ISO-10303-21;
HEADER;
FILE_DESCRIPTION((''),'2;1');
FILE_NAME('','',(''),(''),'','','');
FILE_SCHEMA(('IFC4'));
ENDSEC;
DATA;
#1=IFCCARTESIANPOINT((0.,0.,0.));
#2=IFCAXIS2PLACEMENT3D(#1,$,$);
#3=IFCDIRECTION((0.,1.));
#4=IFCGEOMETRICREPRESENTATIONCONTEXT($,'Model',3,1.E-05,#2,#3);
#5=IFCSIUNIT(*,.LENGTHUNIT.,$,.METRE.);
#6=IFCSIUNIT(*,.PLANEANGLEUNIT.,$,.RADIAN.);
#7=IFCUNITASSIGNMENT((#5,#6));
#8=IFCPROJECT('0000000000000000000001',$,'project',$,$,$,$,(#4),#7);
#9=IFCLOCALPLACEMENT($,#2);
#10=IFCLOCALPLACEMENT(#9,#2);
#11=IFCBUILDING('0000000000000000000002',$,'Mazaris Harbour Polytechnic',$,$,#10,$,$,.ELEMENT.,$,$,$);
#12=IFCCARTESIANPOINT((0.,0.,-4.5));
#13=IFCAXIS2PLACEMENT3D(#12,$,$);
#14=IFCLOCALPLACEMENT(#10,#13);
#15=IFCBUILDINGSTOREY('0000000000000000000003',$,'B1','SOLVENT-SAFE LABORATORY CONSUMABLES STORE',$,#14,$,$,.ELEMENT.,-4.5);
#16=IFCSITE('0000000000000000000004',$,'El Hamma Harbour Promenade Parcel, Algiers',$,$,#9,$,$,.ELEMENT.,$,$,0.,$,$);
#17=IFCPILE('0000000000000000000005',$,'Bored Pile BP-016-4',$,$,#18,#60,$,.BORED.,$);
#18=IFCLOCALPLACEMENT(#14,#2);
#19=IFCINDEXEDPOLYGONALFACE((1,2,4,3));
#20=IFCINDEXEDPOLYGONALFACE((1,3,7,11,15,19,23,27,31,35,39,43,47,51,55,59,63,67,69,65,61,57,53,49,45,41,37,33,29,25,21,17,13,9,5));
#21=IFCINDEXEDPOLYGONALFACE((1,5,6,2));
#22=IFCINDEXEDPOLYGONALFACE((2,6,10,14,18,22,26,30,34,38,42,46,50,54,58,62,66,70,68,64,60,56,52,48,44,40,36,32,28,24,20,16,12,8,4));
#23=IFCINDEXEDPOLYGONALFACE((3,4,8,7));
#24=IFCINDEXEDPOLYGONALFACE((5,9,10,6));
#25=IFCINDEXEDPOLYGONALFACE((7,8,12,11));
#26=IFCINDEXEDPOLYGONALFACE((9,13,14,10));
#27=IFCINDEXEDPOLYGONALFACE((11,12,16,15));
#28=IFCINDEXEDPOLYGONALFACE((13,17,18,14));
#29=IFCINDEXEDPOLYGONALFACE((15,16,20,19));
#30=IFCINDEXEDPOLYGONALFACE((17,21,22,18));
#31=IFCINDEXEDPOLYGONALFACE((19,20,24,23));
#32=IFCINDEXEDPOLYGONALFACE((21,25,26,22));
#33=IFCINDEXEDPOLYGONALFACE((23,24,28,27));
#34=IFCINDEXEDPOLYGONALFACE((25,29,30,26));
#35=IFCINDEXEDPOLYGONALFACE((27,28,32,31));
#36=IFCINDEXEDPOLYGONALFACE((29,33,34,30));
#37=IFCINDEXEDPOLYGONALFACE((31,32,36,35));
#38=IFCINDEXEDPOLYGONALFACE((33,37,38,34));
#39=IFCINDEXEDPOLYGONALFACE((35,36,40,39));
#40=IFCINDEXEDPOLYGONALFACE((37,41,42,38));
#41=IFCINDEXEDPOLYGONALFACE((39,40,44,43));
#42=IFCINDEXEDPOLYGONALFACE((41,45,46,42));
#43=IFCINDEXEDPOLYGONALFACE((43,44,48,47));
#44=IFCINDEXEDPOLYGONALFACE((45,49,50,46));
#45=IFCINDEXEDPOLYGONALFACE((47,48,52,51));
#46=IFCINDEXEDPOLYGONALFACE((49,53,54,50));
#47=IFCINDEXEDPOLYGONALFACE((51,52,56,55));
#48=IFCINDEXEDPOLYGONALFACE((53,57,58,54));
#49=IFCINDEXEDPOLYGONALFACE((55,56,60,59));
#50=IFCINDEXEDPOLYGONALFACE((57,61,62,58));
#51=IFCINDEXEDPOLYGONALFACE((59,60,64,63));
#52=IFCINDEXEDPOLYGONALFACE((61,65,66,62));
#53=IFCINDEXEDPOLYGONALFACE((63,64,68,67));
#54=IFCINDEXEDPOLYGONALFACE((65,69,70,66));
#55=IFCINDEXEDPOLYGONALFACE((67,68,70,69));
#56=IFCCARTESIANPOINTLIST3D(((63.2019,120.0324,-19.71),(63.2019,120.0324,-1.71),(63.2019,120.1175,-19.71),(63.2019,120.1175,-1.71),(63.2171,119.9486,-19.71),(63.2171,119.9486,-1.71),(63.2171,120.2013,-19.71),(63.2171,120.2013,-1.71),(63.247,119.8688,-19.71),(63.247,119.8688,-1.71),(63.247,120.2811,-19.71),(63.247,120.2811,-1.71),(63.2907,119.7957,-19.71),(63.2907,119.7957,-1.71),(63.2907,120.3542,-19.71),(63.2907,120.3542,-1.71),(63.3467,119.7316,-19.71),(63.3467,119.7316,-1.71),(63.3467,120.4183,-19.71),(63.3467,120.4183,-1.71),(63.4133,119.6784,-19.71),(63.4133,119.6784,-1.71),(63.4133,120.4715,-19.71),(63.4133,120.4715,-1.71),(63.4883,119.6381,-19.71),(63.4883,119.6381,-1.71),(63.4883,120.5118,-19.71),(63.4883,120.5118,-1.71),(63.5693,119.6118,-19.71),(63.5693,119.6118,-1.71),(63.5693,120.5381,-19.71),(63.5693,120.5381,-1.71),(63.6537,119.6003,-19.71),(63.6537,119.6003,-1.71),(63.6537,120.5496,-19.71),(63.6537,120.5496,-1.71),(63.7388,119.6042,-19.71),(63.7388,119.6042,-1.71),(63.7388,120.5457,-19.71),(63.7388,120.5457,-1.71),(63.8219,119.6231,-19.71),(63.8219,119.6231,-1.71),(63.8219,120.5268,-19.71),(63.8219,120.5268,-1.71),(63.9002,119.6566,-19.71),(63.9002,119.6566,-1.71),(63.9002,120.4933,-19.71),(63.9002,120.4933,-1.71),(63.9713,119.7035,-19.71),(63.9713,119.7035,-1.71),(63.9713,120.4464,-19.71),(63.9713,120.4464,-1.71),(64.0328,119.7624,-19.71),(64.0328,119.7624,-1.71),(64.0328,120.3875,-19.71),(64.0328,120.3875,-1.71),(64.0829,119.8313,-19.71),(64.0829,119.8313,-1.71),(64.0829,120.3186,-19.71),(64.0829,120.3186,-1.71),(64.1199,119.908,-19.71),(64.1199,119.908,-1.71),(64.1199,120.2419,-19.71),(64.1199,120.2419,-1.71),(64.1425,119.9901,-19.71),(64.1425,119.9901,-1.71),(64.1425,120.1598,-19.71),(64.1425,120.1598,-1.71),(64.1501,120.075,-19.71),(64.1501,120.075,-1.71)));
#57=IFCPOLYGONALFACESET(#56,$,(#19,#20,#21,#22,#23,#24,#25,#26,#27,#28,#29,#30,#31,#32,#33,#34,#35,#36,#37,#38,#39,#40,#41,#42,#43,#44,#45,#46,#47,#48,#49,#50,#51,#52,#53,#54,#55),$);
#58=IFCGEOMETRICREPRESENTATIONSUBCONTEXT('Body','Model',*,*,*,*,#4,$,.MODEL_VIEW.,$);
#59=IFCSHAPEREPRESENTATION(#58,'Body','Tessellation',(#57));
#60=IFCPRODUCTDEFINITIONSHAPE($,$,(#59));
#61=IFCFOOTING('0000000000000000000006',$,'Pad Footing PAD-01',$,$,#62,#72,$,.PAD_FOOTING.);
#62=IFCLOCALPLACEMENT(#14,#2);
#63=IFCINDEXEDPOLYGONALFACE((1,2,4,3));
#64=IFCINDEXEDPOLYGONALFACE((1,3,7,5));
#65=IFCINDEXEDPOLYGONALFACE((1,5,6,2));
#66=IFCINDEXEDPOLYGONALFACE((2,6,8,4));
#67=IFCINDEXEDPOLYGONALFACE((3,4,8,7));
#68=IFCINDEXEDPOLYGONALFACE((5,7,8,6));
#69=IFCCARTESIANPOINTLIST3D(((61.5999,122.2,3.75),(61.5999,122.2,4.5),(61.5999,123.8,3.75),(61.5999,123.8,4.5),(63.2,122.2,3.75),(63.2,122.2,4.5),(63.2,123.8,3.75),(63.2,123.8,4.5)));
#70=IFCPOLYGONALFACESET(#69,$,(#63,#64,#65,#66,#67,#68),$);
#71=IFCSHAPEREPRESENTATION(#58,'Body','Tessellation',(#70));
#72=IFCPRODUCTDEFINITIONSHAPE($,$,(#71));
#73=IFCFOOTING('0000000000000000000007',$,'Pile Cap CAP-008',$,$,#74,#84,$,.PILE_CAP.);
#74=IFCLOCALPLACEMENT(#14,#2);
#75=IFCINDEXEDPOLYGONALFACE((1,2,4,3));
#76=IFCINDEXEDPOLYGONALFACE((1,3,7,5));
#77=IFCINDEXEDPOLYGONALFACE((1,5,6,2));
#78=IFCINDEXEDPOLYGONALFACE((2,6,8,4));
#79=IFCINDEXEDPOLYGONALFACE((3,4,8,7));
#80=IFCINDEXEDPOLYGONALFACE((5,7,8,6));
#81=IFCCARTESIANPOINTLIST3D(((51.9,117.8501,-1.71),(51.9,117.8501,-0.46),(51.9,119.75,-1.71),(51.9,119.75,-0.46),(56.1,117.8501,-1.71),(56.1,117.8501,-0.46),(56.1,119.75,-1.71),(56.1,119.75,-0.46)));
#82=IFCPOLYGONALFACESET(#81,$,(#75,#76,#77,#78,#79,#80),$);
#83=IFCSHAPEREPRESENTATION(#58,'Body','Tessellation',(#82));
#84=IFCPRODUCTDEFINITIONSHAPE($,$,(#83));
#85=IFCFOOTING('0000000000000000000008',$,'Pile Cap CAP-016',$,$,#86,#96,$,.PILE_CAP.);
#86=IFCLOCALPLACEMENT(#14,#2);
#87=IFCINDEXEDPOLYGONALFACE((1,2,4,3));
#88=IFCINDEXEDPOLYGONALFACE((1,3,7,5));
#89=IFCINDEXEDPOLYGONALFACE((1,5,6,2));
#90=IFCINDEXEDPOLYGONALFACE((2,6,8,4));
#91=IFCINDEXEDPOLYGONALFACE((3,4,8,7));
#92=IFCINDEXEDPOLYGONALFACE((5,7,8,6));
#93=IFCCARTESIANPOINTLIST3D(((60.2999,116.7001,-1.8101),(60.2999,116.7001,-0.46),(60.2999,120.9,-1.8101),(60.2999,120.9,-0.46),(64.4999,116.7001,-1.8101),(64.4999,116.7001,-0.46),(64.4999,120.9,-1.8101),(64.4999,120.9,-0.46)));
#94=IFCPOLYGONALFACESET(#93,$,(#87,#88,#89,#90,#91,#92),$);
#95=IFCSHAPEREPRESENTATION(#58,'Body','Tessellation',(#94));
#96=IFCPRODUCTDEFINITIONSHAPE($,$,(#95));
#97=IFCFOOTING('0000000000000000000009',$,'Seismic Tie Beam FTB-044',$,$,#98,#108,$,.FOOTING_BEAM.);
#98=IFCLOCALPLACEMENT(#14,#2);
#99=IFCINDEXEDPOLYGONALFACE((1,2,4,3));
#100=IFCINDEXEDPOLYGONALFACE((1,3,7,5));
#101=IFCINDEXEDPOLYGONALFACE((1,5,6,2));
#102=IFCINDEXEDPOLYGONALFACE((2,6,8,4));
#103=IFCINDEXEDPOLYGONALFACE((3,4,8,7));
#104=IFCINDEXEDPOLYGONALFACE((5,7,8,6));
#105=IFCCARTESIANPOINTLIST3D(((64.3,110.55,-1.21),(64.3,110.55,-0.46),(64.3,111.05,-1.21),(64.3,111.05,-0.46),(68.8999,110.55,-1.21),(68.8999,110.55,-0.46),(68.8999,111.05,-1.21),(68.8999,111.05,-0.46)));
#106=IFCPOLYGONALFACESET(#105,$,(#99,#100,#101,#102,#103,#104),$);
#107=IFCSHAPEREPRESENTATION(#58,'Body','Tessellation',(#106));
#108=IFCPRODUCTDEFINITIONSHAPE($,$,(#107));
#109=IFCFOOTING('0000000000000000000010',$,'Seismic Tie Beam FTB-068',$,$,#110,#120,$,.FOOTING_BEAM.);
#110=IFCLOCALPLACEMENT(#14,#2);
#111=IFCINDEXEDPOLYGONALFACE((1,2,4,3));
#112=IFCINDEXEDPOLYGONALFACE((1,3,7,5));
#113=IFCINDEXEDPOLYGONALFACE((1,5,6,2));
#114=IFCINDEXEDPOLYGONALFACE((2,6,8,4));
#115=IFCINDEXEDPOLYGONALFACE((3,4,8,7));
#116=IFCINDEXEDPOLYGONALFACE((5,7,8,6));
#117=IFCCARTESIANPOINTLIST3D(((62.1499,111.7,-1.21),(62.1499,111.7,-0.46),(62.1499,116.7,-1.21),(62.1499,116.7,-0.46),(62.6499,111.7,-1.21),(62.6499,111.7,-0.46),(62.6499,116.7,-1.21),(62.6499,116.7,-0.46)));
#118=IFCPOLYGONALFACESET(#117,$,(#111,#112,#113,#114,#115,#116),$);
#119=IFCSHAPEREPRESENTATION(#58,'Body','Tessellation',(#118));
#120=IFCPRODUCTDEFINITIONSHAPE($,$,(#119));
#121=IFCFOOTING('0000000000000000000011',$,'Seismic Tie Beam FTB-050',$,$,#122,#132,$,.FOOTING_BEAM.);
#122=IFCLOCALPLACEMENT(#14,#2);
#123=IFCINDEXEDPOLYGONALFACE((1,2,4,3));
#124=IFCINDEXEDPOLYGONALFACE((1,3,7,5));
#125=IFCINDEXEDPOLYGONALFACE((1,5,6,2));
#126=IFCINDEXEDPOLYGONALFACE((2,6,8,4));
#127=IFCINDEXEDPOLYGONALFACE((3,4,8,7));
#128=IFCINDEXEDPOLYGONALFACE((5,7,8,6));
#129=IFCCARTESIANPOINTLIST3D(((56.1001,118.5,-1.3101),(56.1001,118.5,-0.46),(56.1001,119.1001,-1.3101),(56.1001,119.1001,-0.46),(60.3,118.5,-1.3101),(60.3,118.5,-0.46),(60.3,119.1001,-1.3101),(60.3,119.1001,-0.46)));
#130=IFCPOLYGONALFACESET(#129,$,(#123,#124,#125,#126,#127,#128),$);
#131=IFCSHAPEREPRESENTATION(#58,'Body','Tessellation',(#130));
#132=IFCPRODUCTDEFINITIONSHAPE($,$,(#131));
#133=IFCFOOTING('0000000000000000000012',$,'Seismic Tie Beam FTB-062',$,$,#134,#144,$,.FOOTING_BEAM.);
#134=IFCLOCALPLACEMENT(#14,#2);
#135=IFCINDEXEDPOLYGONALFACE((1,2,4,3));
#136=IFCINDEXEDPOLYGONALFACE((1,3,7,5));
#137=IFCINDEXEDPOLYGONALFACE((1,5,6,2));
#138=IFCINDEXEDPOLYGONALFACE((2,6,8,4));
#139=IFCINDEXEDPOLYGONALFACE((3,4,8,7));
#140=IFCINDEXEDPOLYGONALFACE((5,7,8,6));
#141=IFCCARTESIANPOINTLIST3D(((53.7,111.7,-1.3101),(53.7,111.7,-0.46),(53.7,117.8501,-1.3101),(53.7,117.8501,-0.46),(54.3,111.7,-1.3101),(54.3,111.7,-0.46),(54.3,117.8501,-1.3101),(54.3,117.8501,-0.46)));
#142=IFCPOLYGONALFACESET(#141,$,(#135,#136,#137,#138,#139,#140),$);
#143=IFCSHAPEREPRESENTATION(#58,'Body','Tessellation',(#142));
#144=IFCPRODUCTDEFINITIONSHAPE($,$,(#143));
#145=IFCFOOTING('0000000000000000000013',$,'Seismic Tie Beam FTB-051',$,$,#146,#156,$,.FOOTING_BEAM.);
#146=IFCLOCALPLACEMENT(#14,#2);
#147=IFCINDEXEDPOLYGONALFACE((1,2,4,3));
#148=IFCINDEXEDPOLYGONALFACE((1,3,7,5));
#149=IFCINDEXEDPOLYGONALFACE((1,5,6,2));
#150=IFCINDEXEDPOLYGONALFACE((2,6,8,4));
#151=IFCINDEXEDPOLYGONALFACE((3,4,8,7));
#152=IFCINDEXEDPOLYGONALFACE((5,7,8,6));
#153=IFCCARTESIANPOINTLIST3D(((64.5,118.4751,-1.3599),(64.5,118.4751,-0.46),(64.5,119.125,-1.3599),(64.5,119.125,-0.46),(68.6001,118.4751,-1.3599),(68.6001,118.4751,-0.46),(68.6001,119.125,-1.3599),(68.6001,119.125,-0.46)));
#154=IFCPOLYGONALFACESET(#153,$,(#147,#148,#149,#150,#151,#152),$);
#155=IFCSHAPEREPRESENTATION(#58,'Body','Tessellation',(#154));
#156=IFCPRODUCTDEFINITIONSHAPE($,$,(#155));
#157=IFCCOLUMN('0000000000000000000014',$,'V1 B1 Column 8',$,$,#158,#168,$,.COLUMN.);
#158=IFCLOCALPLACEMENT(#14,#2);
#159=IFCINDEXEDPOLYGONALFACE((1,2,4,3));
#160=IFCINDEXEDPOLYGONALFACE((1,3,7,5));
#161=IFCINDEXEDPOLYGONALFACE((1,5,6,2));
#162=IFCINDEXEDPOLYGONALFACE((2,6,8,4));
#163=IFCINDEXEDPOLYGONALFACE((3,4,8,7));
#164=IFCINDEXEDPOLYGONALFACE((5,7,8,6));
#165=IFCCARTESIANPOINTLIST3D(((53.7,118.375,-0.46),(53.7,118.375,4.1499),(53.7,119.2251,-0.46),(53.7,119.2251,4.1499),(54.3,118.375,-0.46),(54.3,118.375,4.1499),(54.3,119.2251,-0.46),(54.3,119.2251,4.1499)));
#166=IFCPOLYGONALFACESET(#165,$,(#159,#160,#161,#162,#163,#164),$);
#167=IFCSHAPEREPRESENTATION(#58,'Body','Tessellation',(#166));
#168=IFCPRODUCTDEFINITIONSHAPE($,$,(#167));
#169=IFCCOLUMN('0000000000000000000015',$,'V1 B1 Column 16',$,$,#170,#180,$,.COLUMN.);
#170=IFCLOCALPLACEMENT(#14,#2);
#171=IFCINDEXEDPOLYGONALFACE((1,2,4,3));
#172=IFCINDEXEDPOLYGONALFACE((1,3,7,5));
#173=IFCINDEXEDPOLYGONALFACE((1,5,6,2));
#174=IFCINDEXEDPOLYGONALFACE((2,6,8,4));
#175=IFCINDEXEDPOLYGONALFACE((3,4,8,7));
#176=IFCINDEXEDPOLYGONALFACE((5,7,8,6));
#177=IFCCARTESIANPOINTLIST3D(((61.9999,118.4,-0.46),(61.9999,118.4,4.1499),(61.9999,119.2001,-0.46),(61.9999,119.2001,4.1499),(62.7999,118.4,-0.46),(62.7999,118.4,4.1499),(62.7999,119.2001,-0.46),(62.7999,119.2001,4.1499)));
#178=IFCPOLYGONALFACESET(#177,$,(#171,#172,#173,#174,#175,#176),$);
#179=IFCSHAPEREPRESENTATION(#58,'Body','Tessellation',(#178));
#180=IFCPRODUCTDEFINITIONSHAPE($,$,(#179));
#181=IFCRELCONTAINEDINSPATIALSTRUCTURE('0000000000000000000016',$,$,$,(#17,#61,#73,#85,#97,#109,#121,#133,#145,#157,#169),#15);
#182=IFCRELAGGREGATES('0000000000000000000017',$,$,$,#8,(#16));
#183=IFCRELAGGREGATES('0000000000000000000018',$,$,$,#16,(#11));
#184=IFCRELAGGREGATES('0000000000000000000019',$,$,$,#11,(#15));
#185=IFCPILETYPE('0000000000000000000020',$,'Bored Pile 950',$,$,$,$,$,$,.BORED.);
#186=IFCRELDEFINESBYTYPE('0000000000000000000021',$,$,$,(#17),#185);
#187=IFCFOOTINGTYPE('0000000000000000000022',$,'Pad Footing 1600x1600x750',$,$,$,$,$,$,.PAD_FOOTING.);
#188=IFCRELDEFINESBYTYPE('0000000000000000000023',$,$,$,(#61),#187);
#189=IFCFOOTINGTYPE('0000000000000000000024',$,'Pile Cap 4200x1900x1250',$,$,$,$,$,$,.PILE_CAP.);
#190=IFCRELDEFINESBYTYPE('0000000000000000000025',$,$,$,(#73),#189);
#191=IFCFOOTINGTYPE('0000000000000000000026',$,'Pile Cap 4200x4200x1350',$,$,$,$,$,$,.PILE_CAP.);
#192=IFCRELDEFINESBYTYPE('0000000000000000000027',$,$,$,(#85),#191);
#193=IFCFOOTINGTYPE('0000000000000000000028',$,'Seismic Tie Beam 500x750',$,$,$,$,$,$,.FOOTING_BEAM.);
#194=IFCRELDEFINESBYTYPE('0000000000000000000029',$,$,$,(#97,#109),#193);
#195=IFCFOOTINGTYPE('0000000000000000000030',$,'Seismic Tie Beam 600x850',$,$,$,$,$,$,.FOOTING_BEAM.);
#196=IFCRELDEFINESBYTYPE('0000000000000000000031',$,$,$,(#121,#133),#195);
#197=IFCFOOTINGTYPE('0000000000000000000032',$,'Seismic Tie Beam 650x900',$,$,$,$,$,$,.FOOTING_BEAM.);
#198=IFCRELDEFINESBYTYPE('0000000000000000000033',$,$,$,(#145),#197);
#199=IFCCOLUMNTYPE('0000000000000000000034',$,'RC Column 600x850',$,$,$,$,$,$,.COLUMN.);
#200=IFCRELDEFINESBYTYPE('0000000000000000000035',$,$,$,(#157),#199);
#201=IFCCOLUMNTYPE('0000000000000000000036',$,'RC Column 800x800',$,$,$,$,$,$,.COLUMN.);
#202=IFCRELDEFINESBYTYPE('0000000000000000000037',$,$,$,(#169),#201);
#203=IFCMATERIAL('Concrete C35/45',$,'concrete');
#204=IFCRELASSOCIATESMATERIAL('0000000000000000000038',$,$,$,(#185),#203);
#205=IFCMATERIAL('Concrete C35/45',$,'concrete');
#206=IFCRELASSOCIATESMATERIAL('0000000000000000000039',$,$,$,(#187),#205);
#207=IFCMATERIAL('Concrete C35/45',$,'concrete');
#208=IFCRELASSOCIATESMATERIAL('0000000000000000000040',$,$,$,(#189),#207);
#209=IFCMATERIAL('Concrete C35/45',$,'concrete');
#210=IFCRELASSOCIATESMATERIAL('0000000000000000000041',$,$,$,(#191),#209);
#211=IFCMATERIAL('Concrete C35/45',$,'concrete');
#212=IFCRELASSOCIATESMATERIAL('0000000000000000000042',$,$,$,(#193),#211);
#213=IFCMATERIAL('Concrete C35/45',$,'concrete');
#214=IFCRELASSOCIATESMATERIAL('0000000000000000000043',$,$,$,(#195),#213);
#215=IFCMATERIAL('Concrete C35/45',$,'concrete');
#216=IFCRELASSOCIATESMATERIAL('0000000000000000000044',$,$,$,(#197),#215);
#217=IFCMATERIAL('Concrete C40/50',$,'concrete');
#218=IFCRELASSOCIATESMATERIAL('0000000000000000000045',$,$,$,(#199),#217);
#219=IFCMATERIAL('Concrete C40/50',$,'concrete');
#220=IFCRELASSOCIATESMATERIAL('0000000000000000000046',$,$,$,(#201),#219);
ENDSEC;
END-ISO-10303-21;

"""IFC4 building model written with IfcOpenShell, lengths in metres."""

from ifc_helpers import new_model, si_unit, direction, frame, origin, origin_2d, place, context, subcontext, project, spatial, rectangle, circle, extrude, material, material_profile, profile_set, type_object, element, save


model = new_model("IFC4")

# Units and contexts
model_context = context("Model", 3, precision=1e-05, world=origin(), true_north=direction((0.0, 1.0)))
body_context = subcontext(model_context, "Body", "Model", "MODEL_VIEW")
ifc_project = project(units=[si_unit("LENGTHUNIT", "METRE"), si_unit("PLANEANGLEUNIT", "RADIAN")], contexts=[model_context])

# Site, building, storey
site_placement = place(None, origin())
site = spatial("IfcSite", under=ifc_project, at=site_placement, Name="El Hamma Harbour Promenade Parcel, Algiers", CompositionType="ELEMENT", RefElevation=0.0)
building_placement = place(site_placement, origin())
building = spatial("IfcBuilding", under=site, at=building_placement, Name="Mazaris Harbour Polytechnic", CompositionType="ELEMENT")
storey_placement = place(building_placement, frame((0.0, 0.0, -4.5)))
storey = spatial("IfcBuildingStorey", under=building, at=storey_placement, Name="B1", Description="SOLVENT-SAFE LABORATORY CONSUMABLES STORE", CompositionType="ELEMENT", Elevation=-4.5)

# Pile
ifc_material_1 = material(Name="Concrete C35/45", Category="concrete")
ifc_material_profile_1 = material_profile(ifc_material_1, circle(Radius=0.4751, at=origin_2d()), Name="DIA950")
ifc_profile_set_1 = profile_set([ifc_material_profile_1], Name="Concrete C35/45")
pile_type_1 = type_object("IfcPileType", Name="Bored Pile 950", PredefinedType="BORED", material=ifc_profile_set_1)
for number, where, z_axis, x_axis, name in (
    (1, (63.675, 120.075, -1.71), (0.0, 0.0, -1.0), (1.0, 0.0, 0.0), "Bored Pile BP-016-4"),
):
    element("IfcPile", number, at=place(storey_placement, frame(where, z_axis=z_axis, x_axis=x_axis)), inside=storey, type_object=pile_type_1, Name=name, PredefinedType="BORED", context=body_context, shape_type="SweptSolid", body=[
        extrude(circle(Radius=0.4751, at=origin_2d()), origin(), (0.0, 0.0, 1.0), 18.0),
    ])

# Footings
ifc_material_2 = material(Name="Concrete C35/45", Category="concrete")
footing_type_1 = type_object("IfcFootingType", Name="Pad Footing 1600x1600x750", PredefinedType="PAD_FOOTING", material=ifc_material_2)
footing_1_placement = place(storey_placement, frame((62.3999, 123.0, 3.75), z_axis=(0.0, 0.0, 1.0), x_axis=(1.0, 0.0, 0.0)))
element("IfcFooting", 2, at=footing_1_placement, inside=storey, type_object=footing_type_1, Name="Pad Footing PAD-01", PredefinedType="PAD_FOOTING", context=body_context, shape_type="SweptSolid", body=[
    extrude(rectangle(XDim=1.6001, YDim=1.6001, at=origin_2d()), origin(), (0.0, 0.0, 1.0), 0.75),
])
ifc_material_3 = material(Name="Concrete C35/45", Category="concrete")
footing_type_2 = type_object("IfcFootingType", Name="Pile Cap 4200x1900x1250", PredefinedType="PILE_CAP", material=ifc_material_3)
footing_2_placement = place(storey_placement, frame((54.0, 118.8, -1.71), z_axis=(0.0, 0.0, 1.0), x_axis=(1.0, 0.0, 0.0)))
element("IfcFooting", 3, at=footing_2_placement, inside=storey, type_object=footing_type_2, Name="Pile Cap CAP-008", PredefinedType="PILE_CAP", context=body_context, shape_type="SweptSolid", body=[
    extrude(rectangle(XDim=4.2, YDim=1.8999, at=origin_2d()), origin(), (0.0, 0.0, 1.0), 1.25),
])
ifc_material_4 = material(Name="Concrete C35/45", Category="concrete")
footing_type_3 = type_object("IfcFootingType", Name="Pile Cap 4200x4200x1350", PredefinedType="PILE_CAP", material=ifc_material_4)
footing_3_placement = place(storey_placement, frame((62.3999, 118.8, -1.8101), z_axis=(0.0, 0.0, 1.0), x_axis=(1.0, 0.0, 0.0)))
element("IfcFooting", 4, at=footing_3_placement, inside=storey, type_object=footing_type_3, Name="Pile Cap CAP-016", PredefinedType="PILE_CAP", context=body_context, shape_type="SweptSolid", body=[
    extrude(rectangle(XDim=4.2, YDim=4.2, at=origin_2d()), origin(), (0.0, 0.0, 1.0), 1.3501),
])
ifc_material_5 = material(Name="Concrete C35/45", Category="concrete")
ifc_material_profile_2 = material_profile(ifc_material_5, rectangle(XDim=0.5, YDim=0.75, at=origin_2d()), Name="RECT500x750")
ifc_profile_set_2 = profile_set([ifc_material_profile_2], Name="Concrete C35/45")
footing_type_4 = type_object("IfcFootingType", Name="Seismic Tie Beam 500x750", PredefinedType="FOOTING_BEAM", material=ifc_profile_set_2)
footing_4_placement = place(storey_placement, frame((64.3, 110.8, -0.835), z_axis=(1.0, 0.0, 0.0), x_axis=(0.0, 1.0, 0.0)))
element("IfcFooting", 5, at=footing_4_placement, inside=storey, type_object=footing_type_4, Name="Seismic Tie Beam FTB-044", PredefinedType="FOOTING_BEAM", context=body_context, shape_type="SweptSolid", body=[
    extrude(rectangle(XDim=0.5, YDim=0.75, at=origin_2d()), origin(), (0.0, 0.0, 1.0), 4.5999),
])
footing_5_placement = place(storey_placement, frame((62.3999, 111.7, -0.835), z_axis=(0.0, 1.0, 0.0), x_axis=(-1.0, 0.0, 0.0)))
element("IfcFooting", 6, at=footing_5_placement, inside=storey, type_object=footing_type_4, Name="Seismic Tie Beam FTB-068", PredefinedType="FOOTING_BEAM", context=body_context, shape_type="SweptSolid", body=[
    extrude(rectangle(XDim=0.5, YDim=0.75, at=origin_2d()), origin(), (0.0, 0.0, 1.0), 5.0),
])
ifc_material_6 = material(Name="Concrete C35/45", Category="concrete")
ifc_material_profile_3 = material_profile(ifc_material_6, rectangle(XDim=0.6001, YDim=0.8501, at=origin_2d()), Name="RECT600x850")
ifc_profile_set_3 = profile_set([ifc_material_profile_3], Name="Concrete C35/45")
footing_type_5 = type_object("IfcFootingType", Name="Seismic Tie Beam 600x850", PredefinedType="FOOTING_BEAM", material=ifc_profile_set_3)
footing_6_placement = place(storey_placement, frame((56.1001, 118.8, -0.885), z_axis=(1.0, 0.0, 0.0), x_axis=(0.0, 1.0, 0.0)))
element("IfcFooting", 7, at=footing_6_placement, inside=storey, type_object=footing_type_5, Name="Seismic Tie Beam FTB-050", PredefinedType="FOOTING_BEAM", context=body_context, shape_type="SweptSolid", body=[
    extrude(rectangle(XDim=0.6001, YDim=0.8501, at=origin_2d()), origin(), (0.0, 0.0, 1.0), 4.2),
])
footing_7_placement = place(storey_placement, frame((54.0, 111.7, -0.885), z_axis=(0.0, 1.0, 0.0), x_axis=(-1.0, 0.0, 0.0)))
element("IfcFooting", 8, at=footing_7_placement, inside=storey, type_object=footing_type_5, Name="Seismic Tie Beam FTB-062", PredefinedType="FOOTING_BEAM", context=body_context, shape_type="SweptSolid", body=[
    extrude(rectangle(XDim=0.6001, YDim=0.8501, at=origin_2d()), origin(), (0.0, 0.0, 1.0), 6.1501),
])
ifc_material_7 = material(Name="Concrete C35/45", Category="concrete")
ifc_material_profile_4 = material_profile(ifc_material_7, rectangle(XDim=0.6499, YDim=0.8999, at=origin_2d()), Name="RECT650x900")
ifc_profile_set_4 = profile_set([ifc_material_profile_4], Name="Concrete C35/45")
footing_type_6 = type_object("IfcFootingType", Name="Seismic Tie Beam 650x900", PredefinedType="FOOTING_BEAM", material=ifc_profile_set_4)
footing_8_placement = place(storey_placement, frame((64.5, 118.8, -0.9099), z_axis=(1.0, 0.0, 0.0), x_axis=(0.0, 1.0, 0.0)))
element("IfcFooting", 9, at=footing_8_placement, inside=storey, type_object=footing_type_6, Name="Seismic Tie Beam FTB-051", PredefinedType="FOOTING_BEAM", context=body_context, shape_type="SweptSolid", body=[
    extrude(rectangle(XDim=0.6499, YDim=0.8999, at=origin_2d()), origin(), (0.0, 0.0, 1.0), 4.1001),
])

# Columns
ifc_material_8 = material(Name="Concrete C40/50", Category="concrete")
ifc_material_profile_5 = material_profile(ifc_material_8, rectangle(XDim=0.6001, YDim=0.8501, at=origin_2d()), Name="RECT600x850")
ifc_profile_set_5 = profile_set([ifc_material_profile_5], Name="Concrete C40/50")
column_type_1 = type_object("IfcColumnType", Name="RC Column 600x850", PredefinedType="COLUMN", material=ifc_profile_set_5)
column_1_placement = place(storey_placement, frame((54.0, 118.8, -0.46), z_axis=(0.0, 0.0, 1.0), x_axis=(1.0, 0.0, 0.0)))
element("IfcColumn", 10, at=column_1_placement, inside=storey, type_object=column_type_1, Name="V1 B1 Column 8", PredefinedType="COLUMN", context=body_context, shape_type="SweptSolid", body=[
    extrude(rectangle(XDim=0.6001, YDim=0.8501, at=origin_2d()), origin(), (0.0, 0.0, 1.0), 4.6099),
])
ifc_material_9 = material(Name="Concrete C40/50", Category="concrete")
ifc_material_profile_6 = material_profile(ifc_material_9, rectangle(XDim=0.8, YDim=0.8, at=origin_2d()), Name="RECT800x800")
ifc_profile_set_6 = profile_set([ifc_material_profile_6], Name="Concrete C40/50")
column_type_2 = type_object("IfcColumnType", Name="RC Column 800x800", PredefinedType="COLUMN", material=ifc_profile_set_6)
column_2_placement = place(storey_placement, frame((62.3999, 118.8, -0.46), z_axis=(0.0, 0.0, 1.0), x_axis=(1.0, 0.0, 0.0)))
element("IfcColumn", 11, at=column_2_placement, inside=storey, type_object=column_type_2, Name="V1 B1 Column 16", PredefinedType="COLUMN", context=body_context, shape_type="SweptSolid", body=[
    extrude(rectangle(XDim=0.8, YDim=0.8, at=origin_2d()), origin(), (0.0, 0.0, 1.0), 4.6099),
])

save(model, "model.ifc")
